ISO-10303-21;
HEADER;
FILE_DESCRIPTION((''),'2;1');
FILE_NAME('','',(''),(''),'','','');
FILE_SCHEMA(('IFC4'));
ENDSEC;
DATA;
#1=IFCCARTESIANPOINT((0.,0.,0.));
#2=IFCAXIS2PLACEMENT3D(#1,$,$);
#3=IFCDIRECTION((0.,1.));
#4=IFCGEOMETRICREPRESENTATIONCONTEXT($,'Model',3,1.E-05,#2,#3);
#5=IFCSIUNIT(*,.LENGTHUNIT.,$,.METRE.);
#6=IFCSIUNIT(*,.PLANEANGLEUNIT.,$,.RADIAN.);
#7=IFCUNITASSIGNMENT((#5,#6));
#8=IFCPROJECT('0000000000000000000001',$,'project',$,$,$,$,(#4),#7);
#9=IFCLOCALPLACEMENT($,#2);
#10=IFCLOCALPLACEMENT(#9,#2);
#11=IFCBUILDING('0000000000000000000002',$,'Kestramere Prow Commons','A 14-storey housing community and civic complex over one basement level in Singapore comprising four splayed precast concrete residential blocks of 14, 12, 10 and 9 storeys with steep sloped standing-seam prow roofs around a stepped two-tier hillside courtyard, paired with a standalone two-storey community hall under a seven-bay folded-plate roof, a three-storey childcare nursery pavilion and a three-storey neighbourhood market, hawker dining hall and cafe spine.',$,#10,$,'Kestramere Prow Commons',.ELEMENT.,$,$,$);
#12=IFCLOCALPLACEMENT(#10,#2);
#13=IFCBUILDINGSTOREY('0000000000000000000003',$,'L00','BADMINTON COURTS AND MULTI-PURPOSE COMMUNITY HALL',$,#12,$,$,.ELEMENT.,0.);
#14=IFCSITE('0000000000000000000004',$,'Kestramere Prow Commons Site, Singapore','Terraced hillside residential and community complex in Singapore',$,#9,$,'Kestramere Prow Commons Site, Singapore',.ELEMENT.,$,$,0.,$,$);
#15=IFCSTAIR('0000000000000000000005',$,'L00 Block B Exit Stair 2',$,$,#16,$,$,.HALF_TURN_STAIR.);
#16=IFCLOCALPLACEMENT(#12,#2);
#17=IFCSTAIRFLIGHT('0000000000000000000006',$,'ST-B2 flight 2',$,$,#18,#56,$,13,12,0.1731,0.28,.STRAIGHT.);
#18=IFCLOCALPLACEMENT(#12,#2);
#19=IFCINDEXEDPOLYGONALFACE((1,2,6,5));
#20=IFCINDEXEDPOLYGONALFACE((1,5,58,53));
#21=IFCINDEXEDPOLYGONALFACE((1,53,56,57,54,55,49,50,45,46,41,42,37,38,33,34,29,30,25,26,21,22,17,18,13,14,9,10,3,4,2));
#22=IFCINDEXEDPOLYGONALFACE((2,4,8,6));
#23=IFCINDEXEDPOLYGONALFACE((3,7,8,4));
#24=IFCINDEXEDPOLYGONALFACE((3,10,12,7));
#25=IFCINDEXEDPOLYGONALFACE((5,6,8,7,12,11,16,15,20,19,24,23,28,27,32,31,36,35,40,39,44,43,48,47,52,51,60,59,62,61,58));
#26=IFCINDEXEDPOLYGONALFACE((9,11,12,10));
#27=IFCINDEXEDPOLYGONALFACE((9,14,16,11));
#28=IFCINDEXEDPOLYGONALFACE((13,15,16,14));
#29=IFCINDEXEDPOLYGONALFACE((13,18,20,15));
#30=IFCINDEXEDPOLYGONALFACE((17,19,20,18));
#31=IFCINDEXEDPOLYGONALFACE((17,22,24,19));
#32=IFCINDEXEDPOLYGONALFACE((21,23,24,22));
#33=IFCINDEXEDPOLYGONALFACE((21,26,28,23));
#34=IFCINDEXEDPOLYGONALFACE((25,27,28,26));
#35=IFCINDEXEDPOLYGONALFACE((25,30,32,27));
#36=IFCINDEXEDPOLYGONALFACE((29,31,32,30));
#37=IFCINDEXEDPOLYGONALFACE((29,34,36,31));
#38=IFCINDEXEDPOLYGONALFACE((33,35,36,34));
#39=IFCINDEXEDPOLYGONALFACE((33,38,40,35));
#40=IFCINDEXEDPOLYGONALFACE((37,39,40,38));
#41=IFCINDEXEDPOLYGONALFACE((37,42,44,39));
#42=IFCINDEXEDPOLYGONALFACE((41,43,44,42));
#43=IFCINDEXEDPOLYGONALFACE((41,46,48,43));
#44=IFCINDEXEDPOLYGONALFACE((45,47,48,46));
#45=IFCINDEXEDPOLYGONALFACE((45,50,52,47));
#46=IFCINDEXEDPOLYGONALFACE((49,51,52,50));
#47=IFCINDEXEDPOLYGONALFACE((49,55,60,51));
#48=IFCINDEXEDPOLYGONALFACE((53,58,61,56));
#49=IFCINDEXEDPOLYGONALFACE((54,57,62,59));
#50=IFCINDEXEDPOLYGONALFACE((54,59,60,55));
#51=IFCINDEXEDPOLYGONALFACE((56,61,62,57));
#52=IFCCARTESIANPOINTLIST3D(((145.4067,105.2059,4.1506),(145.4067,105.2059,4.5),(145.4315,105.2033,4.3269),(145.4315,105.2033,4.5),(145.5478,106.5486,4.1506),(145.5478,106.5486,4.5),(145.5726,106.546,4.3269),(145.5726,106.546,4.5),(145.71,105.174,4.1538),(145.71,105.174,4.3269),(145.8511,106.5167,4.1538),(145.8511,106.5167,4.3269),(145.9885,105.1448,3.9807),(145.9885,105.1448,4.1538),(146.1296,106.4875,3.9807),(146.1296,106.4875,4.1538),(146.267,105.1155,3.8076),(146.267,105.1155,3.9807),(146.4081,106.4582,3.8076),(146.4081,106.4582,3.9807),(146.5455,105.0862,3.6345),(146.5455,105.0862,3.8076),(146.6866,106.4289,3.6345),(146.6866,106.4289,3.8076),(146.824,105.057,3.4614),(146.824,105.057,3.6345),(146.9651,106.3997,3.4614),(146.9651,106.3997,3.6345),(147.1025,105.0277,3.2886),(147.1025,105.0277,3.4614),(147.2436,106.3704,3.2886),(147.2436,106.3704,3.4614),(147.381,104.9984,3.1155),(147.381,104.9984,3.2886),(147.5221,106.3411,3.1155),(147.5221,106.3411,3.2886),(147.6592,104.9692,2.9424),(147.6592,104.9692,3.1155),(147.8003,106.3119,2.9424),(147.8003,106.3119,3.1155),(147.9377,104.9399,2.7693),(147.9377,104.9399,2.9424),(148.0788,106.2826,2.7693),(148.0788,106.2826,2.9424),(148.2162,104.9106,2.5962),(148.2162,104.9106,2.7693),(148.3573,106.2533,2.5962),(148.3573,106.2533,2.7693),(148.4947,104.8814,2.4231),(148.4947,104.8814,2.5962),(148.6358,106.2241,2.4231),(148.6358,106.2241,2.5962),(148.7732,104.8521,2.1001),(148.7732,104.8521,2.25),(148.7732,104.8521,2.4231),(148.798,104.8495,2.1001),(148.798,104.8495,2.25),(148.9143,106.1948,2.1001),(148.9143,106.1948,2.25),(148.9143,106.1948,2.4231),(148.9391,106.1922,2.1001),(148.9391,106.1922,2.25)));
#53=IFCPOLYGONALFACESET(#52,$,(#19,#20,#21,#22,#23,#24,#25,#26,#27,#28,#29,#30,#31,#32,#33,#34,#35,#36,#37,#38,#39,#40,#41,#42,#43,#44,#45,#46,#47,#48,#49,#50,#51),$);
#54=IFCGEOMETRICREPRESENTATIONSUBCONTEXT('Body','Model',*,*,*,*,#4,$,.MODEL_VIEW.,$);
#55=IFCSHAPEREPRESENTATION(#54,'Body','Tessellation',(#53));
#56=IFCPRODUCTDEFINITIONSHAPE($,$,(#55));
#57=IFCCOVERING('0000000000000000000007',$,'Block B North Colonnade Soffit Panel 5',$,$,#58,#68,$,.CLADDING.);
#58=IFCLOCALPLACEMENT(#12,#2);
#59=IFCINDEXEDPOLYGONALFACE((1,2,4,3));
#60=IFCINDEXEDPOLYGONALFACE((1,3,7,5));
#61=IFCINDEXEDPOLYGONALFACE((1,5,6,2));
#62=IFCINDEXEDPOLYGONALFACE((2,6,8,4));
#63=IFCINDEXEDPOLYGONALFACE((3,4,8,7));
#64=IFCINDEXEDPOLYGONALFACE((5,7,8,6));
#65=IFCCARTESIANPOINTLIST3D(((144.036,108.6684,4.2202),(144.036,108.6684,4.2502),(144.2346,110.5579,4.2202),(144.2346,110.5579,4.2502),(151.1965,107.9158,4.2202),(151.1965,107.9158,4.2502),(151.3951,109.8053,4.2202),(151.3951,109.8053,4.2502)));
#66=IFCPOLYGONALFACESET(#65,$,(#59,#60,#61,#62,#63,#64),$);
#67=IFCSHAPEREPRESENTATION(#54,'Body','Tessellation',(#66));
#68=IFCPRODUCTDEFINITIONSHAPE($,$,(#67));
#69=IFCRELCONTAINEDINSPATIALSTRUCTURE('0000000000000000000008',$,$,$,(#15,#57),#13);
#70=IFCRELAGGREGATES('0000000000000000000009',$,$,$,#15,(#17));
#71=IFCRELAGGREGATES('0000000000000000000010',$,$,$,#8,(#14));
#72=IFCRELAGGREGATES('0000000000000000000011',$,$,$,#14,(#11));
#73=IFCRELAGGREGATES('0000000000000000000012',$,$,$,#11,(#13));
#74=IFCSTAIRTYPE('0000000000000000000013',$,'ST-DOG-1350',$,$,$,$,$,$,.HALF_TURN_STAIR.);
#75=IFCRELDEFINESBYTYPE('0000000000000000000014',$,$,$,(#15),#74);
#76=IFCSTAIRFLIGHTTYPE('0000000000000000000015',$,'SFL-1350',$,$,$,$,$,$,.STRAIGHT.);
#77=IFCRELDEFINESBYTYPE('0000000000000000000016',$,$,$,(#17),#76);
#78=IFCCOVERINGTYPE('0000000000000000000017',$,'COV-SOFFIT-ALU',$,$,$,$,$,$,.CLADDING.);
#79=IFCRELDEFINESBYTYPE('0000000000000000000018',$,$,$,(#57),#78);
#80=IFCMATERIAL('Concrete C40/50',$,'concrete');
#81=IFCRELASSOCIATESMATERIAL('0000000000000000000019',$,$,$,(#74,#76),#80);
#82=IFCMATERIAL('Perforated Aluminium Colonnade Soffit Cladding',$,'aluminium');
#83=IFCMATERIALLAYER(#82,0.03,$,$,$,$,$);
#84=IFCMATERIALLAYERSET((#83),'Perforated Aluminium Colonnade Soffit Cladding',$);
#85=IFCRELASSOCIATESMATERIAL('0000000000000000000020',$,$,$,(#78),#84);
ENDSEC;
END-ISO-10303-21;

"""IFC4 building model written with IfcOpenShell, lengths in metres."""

from ifc_helpers import new_model, si_unit, direction, frame, origin, origin_2d, place, context, subcontext, project, spatial, polyline, rectangle, outline, extrude, material, layer, layer_set, type_object, element, aggregate, save


model = new_model("IFC4")

# Units and contexts
model_context = context("Model", 3, precision=1e-05, world=origin(), true_north=direction((0.0, 1.0)))
body_context = subcontext(model_context, "Body", "Model", "MODEL_VIEW")
ifc_project = project(units=[si_unit("LENGTHUNIT", "METRE"), si_unit("PLANEANGLEUNIT", "RADIAN")], contexts=[model_context])

# Site, building, storey
site_placement = place(None, origin())
site = spatial("IfcSite", under=ifc_project, at=site_placement, Name="Kestramere Prow Commons Site, Singapore", Description="Terraced hillside residential and community complex in Singapore", LongName="Kestramere Prow Commons Site, Singapore", CompositionType="ELEMENT", RefElevation=0.0)
building_placement = place(site_placement, origin())
building = spatial("IfcBuilding", under=site, at=building_placement, Name="Kestramere Prow Commons", Description="A 14-storey housing community and civic complex over one basement level in Singapore comprising four splayed precast concrete residential blocks of 14, 12, 10 and 9 storeys with steep sloped standing-seam prow roofs around a stepped two-tier hillside courtyard, paired with a standalone two-storey community hall under a seven-bay folded-plate roof, a three-storey childcare nursery pavilion and a three-storey neighbourhood market, hawker dining hall and cafe spine.", LongName="Kestramere Prow Commons", CompositionType="ELEMENT")
storey_placement = place(building_placement, origin())
storey = spatial("IfcBuildingStorey", under=building, at=storey_placement, Name="L00", Description="BADMINTON COURTS AND MULTI-PURPOSE COMMUNITY HALL", CompositionType="ELEMENT", Elevation=0.0)

# Shared definitions
ifc_material_1 = material(Name="Concrete C40/50", Category="concrete")

# Stair, stair flight
stair_type = type_object("IfcStairType", Name="ST-DOG-1350", PredefinedType="HALF_TURN_STAIR", material=ifc_material_1)
stair_placement = place(storey_placement, origin())
stair = element("IfcStair", 1, at=stair_placement, inside=storey, type_object=stair_type, Name="L00 Block B Exit Stair 2", PredefinedType="HALF_TURN_STAIR")
stair_flight_type = type_object("IfcStairFlightType", Name="SFL-1350", PredefinedType="STRAIGHT", material=ifc_material_1)
stair_flight_1_placement = place(storey_placement, frame((148.8438, 105.5234, 2.25), z_axis=(0.0, 0.0, 1.0), x_axis=(-0.994522, 0.104528, 0.0)))
stair_flight_1 = element("IfcStairFlight", 2, at=stair_flight_1_placement, type_object=stair_flight_type, Name="ST-B2 flight 2", NumberOfRisers=13, NumberOfTreads=12, PredefinedType="STRAIGHT", RiserHeight=0.1731, TreadLength=0.28, context=body_context, shape_type="SweptSolid", body=[
    extrude(outline(polyline([(-0.0249, 0.0), (0.0, 0.0), (0.0, 0.1731), (0.28, 0.1731), (0.28, 0.3462), (0.5601, 0.3462), (0.5601, 0.5193), (0.8401, 0.5193), (0.8401, 0.6924), (1.1201, 0.6924), (1.1201, 0.8655), (1.3999, 0.8655), (1.3999, 1.0386), (1.6799, 1.0386), (1.6799, 1.2114), (1.96, 1.2114), (1.96, 1.3845), (2.24, 1.3845), (2.24, 1.5576), (2.52, 1.5576), (2.52, 1.7307), (2.8, 1.7307), (2.8, 1.9038), (3.0801, 1.9038), (3.0801, 2.0769), (3.3601, 2.0769), (3.3601, 2.25), (3.385, 2.25), (3.385, 1.9006), (0.0, -0.1499), (-0.0249, -0.1499), (-0.0249, 0.0)])), frame((0.0, 0.675, 0.0), z_axis=(0.0, -1.0, 0.0), x_axis=(1.0, 0.0, 0.0)), (0.0, 0.0, 1.0), 1.3501),
])
aggregate(stair, [stair_flight_1])

# Covering
ifc_material_2 = material(Name="Perforated Aluminium Colonnade Soffit Cladding", Category="aluminium")
ifc_layer_1 = layer(ifc_material_2, 0.03)
ifc_layer_set_1 = layer_set([ifc_layer_1], Name="Perforated Aluminium Colonnade Soffit Cladding")
covering_type = type_object("IfcCoveringType", Name="COV-SOFFIT-ALU", PredefinedType="CLADDING", material=ifc_layer_set_1)
covering_placement = place(storey_placement, frame((147.7156, 109.2368, 4.2202), z_axis=(0.0, 0.0, 1.0), x_axis=(0.994522, -0.104528, 0.0)))
element("IfcCovering", 3, at=covering_placement, inside=storey, type_object=covering_type, Name="Block B North Colonnade Soffit Panel 5", PredefinedType="CLADDING", context=body_context, shape_type="SweptSolid", body=[
    extrude(rectangle(XDim=7.2, YDim=1.8999, at=origin_2d()), origin(), (0.0, 0.0, 1.0), 0.03),
])

save(model, "model.ifc")
